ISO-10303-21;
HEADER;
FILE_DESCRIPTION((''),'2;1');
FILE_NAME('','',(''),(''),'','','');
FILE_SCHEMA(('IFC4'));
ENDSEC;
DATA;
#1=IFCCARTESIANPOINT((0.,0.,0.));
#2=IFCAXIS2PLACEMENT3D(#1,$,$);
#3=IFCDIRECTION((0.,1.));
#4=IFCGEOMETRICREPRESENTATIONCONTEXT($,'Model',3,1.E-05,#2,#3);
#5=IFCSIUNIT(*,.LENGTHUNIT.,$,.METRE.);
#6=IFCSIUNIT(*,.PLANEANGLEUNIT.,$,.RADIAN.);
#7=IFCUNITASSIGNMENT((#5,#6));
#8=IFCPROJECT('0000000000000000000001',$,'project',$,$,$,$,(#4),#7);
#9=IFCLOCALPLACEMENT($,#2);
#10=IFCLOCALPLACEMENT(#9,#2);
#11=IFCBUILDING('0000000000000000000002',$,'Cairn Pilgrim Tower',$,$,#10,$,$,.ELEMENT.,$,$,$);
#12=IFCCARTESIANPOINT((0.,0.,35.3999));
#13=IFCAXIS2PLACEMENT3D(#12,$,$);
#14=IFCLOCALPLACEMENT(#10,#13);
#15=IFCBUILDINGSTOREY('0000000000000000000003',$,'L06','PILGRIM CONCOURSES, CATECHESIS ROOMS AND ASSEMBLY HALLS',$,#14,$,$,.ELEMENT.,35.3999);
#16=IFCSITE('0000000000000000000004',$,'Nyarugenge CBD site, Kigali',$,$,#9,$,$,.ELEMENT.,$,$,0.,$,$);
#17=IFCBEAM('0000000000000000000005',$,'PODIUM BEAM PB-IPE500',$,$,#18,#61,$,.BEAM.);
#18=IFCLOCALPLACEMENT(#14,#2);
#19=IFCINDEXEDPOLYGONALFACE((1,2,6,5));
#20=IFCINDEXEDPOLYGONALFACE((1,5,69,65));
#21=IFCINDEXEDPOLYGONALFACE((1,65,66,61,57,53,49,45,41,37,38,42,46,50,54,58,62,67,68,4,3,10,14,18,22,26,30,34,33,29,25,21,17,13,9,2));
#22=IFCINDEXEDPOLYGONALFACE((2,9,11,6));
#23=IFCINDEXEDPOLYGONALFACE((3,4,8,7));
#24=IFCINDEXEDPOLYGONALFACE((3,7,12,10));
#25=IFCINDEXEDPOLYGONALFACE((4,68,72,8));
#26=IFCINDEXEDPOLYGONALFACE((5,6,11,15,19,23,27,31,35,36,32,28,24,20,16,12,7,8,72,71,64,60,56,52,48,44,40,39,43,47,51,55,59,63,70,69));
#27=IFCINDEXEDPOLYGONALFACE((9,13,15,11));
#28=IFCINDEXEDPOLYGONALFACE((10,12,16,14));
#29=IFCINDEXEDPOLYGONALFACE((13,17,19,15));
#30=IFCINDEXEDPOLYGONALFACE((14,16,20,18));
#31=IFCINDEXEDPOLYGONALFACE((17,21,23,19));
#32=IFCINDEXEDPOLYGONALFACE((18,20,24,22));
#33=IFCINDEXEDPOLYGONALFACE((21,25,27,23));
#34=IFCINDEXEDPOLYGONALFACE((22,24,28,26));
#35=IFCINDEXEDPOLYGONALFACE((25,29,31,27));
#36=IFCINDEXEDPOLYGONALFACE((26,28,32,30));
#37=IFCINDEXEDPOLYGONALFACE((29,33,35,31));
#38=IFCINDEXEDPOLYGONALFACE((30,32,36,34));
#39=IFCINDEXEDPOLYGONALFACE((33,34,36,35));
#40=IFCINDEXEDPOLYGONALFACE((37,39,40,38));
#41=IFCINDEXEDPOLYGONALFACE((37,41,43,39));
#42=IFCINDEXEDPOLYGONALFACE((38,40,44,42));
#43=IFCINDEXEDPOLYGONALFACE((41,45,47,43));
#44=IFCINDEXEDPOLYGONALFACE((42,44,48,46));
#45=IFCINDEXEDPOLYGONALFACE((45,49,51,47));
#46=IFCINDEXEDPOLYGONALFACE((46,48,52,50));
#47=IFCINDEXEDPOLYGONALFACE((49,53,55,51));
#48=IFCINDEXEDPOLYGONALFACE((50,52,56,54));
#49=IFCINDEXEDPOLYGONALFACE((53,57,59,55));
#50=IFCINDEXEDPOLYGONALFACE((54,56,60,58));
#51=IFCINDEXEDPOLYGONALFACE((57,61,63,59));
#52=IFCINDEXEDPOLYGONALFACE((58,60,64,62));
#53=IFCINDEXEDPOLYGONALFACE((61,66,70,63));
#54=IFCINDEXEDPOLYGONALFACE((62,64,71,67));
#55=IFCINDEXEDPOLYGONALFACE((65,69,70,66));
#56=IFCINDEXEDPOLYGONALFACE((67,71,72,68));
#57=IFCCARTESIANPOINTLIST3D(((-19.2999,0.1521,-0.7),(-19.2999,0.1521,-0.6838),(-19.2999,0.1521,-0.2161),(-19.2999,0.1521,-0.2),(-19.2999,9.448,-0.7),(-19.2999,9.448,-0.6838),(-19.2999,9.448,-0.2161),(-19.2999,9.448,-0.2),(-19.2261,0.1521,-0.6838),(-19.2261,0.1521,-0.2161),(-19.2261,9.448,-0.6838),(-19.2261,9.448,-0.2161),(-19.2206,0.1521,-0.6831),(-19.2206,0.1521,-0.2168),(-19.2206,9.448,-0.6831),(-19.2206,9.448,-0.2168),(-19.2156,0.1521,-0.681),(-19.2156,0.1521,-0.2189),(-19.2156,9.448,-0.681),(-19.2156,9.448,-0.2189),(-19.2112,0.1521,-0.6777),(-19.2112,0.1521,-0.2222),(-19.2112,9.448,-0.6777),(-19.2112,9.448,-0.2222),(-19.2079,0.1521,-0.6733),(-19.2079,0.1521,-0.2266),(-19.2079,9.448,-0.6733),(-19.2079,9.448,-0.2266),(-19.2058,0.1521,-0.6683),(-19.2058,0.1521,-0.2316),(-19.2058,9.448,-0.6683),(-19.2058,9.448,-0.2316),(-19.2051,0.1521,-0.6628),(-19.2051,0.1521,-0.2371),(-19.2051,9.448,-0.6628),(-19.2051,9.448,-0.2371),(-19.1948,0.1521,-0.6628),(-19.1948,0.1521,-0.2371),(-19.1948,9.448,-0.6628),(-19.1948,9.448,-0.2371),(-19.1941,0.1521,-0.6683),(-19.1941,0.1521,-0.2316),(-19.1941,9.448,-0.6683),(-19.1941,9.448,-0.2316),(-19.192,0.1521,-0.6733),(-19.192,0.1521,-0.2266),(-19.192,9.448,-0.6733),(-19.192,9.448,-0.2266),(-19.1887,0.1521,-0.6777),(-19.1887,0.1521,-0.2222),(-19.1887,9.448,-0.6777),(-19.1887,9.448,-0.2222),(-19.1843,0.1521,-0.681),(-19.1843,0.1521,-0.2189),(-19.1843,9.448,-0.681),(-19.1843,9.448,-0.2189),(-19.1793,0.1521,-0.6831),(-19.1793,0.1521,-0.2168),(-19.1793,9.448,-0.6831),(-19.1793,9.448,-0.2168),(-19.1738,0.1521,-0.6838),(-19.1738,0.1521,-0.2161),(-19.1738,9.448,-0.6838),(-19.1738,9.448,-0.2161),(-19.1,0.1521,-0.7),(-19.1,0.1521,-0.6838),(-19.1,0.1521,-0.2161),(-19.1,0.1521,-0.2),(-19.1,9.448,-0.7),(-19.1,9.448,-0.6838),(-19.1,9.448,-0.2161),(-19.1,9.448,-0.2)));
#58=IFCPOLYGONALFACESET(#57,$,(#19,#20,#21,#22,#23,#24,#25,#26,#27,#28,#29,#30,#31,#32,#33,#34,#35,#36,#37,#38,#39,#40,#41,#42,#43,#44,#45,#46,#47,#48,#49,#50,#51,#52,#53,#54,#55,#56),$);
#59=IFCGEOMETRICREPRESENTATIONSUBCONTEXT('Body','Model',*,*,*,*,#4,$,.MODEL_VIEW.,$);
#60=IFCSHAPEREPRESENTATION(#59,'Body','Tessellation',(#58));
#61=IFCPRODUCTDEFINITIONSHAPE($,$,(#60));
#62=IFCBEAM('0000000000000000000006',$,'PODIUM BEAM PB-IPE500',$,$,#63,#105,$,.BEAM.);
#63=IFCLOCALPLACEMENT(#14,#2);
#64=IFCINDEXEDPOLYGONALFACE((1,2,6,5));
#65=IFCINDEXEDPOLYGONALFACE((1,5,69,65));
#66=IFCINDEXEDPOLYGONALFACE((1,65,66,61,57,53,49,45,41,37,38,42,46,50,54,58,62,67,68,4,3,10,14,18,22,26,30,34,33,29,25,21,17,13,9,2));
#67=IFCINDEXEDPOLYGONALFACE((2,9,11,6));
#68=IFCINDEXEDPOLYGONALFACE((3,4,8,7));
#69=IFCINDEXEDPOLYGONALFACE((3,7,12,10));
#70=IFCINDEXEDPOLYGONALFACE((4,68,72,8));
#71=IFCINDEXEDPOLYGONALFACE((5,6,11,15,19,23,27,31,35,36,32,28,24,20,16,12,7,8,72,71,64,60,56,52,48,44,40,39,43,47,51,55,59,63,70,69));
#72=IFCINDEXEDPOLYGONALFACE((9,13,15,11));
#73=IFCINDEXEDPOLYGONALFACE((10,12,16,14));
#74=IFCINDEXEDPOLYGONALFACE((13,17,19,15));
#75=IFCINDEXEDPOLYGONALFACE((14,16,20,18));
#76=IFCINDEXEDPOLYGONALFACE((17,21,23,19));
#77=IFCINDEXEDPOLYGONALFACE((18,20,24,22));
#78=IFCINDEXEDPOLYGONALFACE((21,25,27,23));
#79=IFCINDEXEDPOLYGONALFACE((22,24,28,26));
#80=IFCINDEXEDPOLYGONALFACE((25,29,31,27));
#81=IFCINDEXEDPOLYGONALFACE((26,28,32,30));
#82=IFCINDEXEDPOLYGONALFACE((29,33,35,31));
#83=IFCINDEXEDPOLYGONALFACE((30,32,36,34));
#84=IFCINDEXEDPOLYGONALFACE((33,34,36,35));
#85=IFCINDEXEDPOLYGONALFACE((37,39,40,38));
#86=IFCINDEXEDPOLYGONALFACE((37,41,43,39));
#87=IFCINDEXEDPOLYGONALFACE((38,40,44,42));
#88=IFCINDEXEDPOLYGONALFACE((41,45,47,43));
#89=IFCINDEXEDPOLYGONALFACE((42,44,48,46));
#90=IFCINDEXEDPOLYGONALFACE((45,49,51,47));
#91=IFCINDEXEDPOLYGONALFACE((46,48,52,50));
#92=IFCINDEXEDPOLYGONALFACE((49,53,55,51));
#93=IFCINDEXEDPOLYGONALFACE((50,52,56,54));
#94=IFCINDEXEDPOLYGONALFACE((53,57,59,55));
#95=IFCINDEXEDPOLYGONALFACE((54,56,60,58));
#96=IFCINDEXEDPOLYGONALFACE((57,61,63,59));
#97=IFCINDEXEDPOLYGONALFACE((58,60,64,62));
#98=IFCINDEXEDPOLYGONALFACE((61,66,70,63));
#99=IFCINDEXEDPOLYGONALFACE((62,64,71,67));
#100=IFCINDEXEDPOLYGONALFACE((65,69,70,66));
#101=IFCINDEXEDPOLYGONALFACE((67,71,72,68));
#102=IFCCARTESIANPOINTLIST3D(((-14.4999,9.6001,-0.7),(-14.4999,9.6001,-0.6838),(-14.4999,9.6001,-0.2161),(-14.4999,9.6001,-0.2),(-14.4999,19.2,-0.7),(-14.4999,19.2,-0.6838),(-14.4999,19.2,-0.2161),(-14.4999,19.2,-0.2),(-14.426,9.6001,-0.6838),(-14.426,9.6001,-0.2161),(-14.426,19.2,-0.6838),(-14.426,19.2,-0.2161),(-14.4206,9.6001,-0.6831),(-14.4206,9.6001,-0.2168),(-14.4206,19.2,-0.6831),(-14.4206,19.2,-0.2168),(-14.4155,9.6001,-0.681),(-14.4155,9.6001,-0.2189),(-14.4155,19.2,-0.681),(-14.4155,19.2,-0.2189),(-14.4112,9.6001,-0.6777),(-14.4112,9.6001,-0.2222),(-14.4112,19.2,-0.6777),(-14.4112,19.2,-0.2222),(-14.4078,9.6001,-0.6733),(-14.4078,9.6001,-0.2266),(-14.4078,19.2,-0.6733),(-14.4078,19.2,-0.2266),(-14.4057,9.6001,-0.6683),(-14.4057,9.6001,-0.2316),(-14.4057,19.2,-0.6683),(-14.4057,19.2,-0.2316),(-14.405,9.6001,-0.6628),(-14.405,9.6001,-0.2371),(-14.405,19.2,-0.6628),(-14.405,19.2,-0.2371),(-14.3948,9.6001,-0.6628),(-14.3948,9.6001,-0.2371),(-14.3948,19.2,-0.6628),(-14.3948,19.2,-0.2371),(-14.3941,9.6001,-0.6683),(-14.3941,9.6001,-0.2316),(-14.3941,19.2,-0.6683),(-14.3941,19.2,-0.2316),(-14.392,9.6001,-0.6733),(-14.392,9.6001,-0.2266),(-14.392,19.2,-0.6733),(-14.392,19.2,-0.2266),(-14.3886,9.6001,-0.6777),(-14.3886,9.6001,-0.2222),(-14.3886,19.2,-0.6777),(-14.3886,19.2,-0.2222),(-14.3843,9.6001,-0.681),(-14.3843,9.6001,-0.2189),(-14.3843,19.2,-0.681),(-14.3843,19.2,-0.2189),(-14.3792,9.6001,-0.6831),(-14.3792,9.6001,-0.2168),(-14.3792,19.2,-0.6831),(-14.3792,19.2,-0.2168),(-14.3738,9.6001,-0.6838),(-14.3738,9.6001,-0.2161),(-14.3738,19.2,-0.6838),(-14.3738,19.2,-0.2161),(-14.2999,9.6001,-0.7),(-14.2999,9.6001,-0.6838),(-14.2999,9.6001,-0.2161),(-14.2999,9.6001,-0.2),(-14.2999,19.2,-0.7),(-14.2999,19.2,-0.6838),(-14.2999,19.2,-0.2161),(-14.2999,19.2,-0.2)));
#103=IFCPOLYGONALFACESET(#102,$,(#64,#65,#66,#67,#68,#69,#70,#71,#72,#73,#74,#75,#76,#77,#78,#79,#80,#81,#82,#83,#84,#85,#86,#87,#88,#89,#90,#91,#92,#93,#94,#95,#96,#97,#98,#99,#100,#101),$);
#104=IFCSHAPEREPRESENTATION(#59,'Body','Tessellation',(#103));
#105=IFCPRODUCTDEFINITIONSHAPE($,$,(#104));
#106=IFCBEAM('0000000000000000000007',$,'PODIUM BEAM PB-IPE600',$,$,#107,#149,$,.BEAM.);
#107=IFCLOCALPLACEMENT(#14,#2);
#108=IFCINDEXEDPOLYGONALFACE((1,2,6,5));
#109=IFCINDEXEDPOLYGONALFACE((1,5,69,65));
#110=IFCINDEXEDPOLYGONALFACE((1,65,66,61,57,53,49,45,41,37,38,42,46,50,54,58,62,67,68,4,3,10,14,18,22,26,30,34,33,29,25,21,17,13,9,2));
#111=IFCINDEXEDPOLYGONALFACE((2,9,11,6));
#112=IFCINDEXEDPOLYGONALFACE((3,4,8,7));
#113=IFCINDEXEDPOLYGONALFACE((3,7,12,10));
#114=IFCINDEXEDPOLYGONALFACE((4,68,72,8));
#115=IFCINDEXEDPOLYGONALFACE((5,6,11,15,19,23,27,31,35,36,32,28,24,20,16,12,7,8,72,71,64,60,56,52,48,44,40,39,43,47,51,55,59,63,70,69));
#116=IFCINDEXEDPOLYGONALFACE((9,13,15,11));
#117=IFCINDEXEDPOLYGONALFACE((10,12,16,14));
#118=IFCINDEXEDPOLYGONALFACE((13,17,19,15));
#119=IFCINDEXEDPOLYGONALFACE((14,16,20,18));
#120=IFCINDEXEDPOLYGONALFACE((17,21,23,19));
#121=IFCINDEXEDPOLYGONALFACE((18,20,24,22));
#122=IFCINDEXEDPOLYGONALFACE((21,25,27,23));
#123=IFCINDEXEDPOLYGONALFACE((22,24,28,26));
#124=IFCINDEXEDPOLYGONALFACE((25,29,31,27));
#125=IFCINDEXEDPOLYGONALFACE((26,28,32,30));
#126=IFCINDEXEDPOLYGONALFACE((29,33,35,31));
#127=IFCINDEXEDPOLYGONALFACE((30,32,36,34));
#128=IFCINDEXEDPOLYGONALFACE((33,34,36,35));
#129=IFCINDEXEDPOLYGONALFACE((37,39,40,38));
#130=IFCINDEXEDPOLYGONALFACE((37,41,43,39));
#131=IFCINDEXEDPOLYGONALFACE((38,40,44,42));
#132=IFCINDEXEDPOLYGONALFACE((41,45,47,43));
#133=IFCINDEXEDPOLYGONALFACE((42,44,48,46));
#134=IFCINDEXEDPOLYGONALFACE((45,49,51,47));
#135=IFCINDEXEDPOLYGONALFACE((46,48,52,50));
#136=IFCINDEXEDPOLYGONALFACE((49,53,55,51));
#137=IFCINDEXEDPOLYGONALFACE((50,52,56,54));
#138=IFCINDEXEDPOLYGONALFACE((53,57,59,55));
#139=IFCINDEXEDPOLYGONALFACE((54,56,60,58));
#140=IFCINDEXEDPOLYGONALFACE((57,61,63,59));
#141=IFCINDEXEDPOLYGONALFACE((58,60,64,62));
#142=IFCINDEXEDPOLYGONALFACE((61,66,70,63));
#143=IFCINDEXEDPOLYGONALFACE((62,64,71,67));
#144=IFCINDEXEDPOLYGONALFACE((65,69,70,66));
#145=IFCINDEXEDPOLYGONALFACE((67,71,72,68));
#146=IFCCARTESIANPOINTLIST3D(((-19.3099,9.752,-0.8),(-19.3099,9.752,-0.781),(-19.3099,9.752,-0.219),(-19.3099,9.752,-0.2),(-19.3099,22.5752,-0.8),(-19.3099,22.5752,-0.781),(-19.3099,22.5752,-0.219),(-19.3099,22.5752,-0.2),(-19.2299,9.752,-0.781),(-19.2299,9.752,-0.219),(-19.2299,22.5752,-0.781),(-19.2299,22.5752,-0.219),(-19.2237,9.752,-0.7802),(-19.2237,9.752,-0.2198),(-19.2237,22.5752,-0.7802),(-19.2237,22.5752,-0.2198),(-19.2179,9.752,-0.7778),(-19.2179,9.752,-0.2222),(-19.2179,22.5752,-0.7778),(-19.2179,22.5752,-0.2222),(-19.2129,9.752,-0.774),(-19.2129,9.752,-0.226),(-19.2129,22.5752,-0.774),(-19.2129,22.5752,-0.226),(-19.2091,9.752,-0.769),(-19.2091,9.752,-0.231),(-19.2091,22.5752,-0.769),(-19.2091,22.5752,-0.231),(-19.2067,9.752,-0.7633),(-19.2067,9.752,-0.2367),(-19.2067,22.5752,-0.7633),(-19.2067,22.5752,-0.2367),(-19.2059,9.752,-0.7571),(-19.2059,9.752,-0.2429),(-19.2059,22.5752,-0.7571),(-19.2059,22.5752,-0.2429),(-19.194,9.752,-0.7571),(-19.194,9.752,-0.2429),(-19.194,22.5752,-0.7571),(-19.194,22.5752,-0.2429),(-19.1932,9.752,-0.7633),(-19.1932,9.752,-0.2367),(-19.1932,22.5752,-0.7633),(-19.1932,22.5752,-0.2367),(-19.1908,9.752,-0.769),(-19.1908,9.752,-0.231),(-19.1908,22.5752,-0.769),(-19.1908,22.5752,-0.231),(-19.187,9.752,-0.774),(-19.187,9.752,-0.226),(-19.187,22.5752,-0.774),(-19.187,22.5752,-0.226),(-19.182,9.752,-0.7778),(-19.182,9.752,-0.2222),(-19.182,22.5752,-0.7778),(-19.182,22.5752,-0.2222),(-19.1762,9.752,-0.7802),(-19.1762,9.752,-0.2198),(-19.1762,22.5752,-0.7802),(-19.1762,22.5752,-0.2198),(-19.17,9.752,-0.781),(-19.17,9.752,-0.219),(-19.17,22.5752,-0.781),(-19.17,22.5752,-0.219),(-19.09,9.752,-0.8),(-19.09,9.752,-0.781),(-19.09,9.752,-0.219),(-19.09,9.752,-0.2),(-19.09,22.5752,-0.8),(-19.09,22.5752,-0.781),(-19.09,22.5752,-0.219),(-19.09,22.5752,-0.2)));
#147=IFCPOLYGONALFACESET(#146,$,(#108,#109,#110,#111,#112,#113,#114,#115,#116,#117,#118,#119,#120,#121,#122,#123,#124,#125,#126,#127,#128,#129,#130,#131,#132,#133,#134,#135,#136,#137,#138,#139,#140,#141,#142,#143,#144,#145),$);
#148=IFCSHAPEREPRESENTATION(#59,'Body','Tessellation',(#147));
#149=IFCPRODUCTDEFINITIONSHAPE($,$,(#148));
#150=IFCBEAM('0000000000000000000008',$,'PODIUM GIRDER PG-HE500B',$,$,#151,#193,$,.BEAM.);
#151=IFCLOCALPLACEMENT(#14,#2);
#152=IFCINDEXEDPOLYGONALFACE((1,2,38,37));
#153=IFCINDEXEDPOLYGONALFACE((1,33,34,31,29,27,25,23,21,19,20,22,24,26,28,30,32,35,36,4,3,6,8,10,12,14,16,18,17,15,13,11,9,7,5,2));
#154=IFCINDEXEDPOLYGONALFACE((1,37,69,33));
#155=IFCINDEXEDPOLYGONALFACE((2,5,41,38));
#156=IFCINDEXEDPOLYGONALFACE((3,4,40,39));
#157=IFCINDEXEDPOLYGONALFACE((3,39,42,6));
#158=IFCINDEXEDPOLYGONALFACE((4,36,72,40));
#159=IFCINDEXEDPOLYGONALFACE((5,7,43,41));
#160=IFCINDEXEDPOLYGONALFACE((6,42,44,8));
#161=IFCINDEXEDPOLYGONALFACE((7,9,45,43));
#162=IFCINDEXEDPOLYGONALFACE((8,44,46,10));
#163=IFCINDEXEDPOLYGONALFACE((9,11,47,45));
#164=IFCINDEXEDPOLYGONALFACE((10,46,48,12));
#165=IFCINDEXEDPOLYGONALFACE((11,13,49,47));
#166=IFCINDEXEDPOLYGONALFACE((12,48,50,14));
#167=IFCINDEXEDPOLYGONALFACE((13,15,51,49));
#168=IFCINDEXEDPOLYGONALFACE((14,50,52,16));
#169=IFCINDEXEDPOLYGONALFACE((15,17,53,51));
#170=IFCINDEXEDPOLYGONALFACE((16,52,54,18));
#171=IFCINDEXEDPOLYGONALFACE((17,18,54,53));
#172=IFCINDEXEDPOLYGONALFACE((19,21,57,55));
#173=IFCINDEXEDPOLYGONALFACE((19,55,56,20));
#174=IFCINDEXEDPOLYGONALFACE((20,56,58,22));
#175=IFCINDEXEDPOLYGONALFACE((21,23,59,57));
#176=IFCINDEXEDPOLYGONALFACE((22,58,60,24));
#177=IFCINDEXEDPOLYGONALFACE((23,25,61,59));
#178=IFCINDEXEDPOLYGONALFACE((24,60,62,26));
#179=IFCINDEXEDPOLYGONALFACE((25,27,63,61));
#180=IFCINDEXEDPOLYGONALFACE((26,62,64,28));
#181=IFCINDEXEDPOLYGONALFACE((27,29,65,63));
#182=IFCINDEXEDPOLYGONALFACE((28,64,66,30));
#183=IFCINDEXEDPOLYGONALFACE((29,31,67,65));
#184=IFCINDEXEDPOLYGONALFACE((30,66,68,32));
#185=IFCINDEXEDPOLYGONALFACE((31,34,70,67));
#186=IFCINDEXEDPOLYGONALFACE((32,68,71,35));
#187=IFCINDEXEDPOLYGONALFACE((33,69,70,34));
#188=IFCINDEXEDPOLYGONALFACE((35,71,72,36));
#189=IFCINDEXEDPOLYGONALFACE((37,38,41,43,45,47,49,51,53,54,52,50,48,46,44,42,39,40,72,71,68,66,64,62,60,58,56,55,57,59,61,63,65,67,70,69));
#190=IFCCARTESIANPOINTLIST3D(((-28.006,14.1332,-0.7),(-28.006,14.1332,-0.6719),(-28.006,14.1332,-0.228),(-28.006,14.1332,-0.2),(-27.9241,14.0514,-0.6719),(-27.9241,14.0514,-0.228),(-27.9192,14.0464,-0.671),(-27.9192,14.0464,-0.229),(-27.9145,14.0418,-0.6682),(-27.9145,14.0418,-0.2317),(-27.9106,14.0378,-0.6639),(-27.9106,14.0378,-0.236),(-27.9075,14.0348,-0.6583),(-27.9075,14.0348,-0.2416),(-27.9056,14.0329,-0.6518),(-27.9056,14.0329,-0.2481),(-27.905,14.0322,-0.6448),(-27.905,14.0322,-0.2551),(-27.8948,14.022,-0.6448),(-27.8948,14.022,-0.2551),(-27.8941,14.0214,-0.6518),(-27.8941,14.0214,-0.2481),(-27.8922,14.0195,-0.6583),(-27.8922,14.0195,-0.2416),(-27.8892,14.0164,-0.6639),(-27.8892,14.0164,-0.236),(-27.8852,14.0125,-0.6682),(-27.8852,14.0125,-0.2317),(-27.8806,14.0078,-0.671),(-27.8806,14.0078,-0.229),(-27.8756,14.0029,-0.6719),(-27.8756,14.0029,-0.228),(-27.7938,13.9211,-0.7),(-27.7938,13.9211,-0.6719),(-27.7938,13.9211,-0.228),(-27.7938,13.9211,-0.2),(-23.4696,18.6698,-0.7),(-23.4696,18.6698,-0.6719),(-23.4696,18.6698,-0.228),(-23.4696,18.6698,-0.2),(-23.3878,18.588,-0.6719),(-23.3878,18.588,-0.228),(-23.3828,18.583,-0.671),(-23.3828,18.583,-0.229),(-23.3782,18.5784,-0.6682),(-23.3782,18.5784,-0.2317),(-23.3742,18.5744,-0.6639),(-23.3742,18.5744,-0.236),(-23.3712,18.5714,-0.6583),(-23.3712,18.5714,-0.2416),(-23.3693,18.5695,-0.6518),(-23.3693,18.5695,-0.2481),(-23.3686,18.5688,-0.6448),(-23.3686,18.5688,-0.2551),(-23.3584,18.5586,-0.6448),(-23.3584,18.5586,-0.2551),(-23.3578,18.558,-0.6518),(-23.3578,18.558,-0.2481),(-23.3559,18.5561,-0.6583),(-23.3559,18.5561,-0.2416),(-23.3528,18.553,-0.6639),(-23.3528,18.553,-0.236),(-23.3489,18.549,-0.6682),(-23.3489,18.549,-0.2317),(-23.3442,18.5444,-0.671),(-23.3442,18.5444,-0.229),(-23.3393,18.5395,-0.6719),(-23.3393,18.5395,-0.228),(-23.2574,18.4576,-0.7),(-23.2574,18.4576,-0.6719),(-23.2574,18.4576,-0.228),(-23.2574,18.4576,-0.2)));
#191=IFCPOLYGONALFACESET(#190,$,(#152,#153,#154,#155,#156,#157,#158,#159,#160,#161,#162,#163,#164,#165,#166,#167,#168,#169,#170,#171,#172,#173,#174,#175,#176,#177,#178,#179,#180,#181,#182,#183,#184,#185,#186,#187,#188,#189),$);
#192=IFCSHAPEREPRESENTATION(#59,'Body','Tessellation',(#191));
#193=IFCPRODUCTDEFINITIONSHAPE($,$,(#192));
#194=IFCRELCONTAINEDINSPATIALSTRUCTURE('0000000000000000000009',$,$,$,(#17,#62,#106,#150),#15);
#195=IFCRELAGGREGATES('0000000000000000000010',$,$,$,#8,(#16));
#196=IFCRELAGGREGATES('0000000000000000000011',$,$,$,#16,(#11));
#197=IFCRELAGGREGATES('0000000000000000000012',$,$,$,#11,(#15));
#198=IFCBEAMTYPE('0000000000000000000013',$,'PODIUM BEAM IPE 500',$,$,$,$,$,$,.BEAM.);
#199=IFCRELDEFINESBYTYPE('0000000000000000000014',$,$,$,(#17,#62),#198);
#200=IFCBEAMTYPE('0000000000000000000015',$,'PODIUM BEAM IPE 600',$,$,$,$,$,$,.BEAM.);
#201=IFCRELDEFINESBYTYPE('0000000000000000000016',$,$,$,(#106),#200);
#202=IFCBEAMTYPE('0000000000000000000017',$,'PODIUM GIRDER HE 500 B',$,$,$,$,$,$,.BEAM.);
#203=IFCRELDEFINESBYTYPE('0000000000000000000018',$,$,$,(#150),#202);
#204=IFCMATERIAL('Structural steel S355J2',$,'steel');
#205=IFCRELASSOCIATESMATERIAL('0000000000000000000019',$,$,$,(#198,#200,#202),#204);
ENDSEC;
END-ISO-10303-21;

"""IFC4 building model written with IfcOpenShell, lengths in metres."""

from ifc_helpers import new_model, si_unit, direction, frame, origin, origin_2d, place, context, subcontext, project, spatial, i_section, extrude, material, material_profile, profile_set, type_object, element, save


model = new_model("IFC4")

# Units and contexts
model_context = context("Model", 3, precision=1e-05, world=origin(), true_north=direction((0.0, 1.0)))
body_context = subcontext(model_context, "Body", "Model", "MODEL_VIEW")
ifc_project = project(units=[si_unit("LENGTHUNIT", "METRE"), si_unit("PLANEANGLEUNIT", "RADIAN")], contexts=[model_context])

# Site, building, storey
site_placement = place(None, origin())
site = spatial("IfcSite", under=ifc_project, at=site_placement, Name="Nyarugenge CBD site, Kigali", CompositionType="ELEMENT", RefElevation=0.0)
building_placement = place(site_placement, origin())
building = spatial("IfcBuilding", under=site, at=building_placement, Name="Cairn Pilgrim Tower", CompositionType="ELEMENT")
storey_placement = place(building_placement, frame((0.0, 0.0, 35.3999)))
storey = spatial("IfcBuildingStorey", under=building, at=storey_placement, Name="L06", Description="PILGRIM CONCOURSES, CATECHESIS ROOMS AND ASSEMBLY HALLS", CompositionType="ELEMENT", Elevation=35.3999)

# Beams
ifc_material_1 = material(Name="Structural steel S355J2", Category="steel")
ifc_material_profile_1 = material_profile(ifc_material_1, i_section(OverallWidth=0.2, OverallDepth=0.5, WebThickness=0.0103, FlangeThickness=0.0161, FilletRadius=0.021, at=origin_2d()), Name="IPE 500")
ifc_profile_set_1 = profile_set([ifc_material_profile_1], Name="Structural steel S355J2")
beam_type_1 = type_object("IfcBeamType", Name="PODIUM BEAM IPE 500", PredefinedType="BEAM", material=ifc_profile_set_1)
for number, where, z_axis, x_axis, name in (
    (1, (-19.2, 0.1521, -0.45), (0.0, 1.0, 0.0), (-1.0, 0.0, 0.0), "PODIUM BEAM PB-IPE500"),
):
    element("IfcBeam", number, at=place(storey_placement, frame(where, z_axis=z_axis, x_axis=x_axis)), inside=storey, type_object=beam_type_1, Name=name, PredefinedType="BEAM", context=body_context, shape_type="SweptSolid", body=[
        extrude(i_section(OverallWidth=0.2, OverallDepth=0.5, WebThickness=0.0103, FlangeThickness=0.0161, FilletRadius=0.021, at=origin_2d()), origin(), (0.0, 0.0, 1.0), 9.2959),
    ])
beam_1_placement = place(storey_placement, frame((-14.3999, 9.6001, -0.45), z_axis=(0.0, 1.0, 0.0), x_axis=(-1.0, 0.0, 0.0)))
element("IfcBeam", 2, at=beam_1_placement, inside=storey, type_object=beam_type_1, Name="PODIUM BEAM PB-IPE500", PredefinedType="BEAM", context=body_context, shape_type="SweptSolid", body=[
    extrude(i_section(OverallWidth=0.2, OverallDepth=0.5, WebThickness=0.0103, FlangeThickness=0.0161, FilletRadius=0.021, at=origin_2d()), origin(), (0.0, 0.0, 1.0), 9.5999),
])
ifc_material_profile_2 = material_profile(ifc_material_1, i_section(OverallWidth=0.22, OverallDepth=0.6001, WebThickness=0.012, FlangeThickness=0.019, FilletRadius=0.0239, at=origin_2d()), Name="IPE 600")
ifc_profile_set_2 = profile_set([ifc_material_profile_2], Name="Structural steel S355J2")
beam_type_2 = type_object("IfcBeamType", Name="PODIUM BEAM IPE 600", PredefinedType="BEAM", material=ifc_profile_set_2)
beam_2_placement = place(storey_placement, frame((-19.2, 9.752, -0.5), z_axis=(0.0, 1.0, 0.0), x_axis=(-1.0, 0.0, 0.0)))
element("IfcBeam", 3, at=beam_2_placement, inside=storey, type_object=beam_type_2, Name="PODIUM BEAM PB-IPE600", PredefinedType="BEAM", context=body_context, shape_type="SweptSolid", body=[
    extrude(i_section(OverallWidth=0.22, OverallDepth=0.6001, WebThickness=0.012, FlangeThickness=0.019, FilletRadius=0.0239, at=origin_2d()), origin(), (0.0, 0.0, 1.0), 12.8232),
])
ifc_material_profile_3 = material_profile(ifc_material_1, i_section(OverallWidth=0.3, OverallDepth=0.5, WebThickness=0.0144, FlangeThickness=0.0281, FilletRadius=0.0271, at=origin_2d()), Name="HEB 500")
ifc_profile_set_3 = profile_set([ifc_material_profile_3], Name="Structural steel S355J2")
beam_type_3 = type_object("IfcBeamType", Name="PODIUM GIRDER HE 500 B", PredefinedType="BEAM", material=ifc_profile_set_3)
beam_3_placement = place(storey_placement, frame((-23.3635, 18.5637, -0.45), z_axis=(-0.707088, -0.707126, 0.0), x_axis=(0.707126, -0.707088, 0.0)))
element("IfcBeam", 4, at=beam_3_placement, inside=storey, type_object=beam_type_3, Name="PODIUM GIRDER PG-HE500B", PredefinedType="BEAM", context=body_context, shape_type="SweptSolid", body=[
    extrude(i_section(OverallWidth=0.3, OverallDepth=0.5, WebThickness=0.0144, FlangeThickness=0.0281, FilletRadius=0.0271, at=origin_2d()), origin(), (0.0, 0.0, 1.0), 6.4155),
])

save(model, "model.ifc")
